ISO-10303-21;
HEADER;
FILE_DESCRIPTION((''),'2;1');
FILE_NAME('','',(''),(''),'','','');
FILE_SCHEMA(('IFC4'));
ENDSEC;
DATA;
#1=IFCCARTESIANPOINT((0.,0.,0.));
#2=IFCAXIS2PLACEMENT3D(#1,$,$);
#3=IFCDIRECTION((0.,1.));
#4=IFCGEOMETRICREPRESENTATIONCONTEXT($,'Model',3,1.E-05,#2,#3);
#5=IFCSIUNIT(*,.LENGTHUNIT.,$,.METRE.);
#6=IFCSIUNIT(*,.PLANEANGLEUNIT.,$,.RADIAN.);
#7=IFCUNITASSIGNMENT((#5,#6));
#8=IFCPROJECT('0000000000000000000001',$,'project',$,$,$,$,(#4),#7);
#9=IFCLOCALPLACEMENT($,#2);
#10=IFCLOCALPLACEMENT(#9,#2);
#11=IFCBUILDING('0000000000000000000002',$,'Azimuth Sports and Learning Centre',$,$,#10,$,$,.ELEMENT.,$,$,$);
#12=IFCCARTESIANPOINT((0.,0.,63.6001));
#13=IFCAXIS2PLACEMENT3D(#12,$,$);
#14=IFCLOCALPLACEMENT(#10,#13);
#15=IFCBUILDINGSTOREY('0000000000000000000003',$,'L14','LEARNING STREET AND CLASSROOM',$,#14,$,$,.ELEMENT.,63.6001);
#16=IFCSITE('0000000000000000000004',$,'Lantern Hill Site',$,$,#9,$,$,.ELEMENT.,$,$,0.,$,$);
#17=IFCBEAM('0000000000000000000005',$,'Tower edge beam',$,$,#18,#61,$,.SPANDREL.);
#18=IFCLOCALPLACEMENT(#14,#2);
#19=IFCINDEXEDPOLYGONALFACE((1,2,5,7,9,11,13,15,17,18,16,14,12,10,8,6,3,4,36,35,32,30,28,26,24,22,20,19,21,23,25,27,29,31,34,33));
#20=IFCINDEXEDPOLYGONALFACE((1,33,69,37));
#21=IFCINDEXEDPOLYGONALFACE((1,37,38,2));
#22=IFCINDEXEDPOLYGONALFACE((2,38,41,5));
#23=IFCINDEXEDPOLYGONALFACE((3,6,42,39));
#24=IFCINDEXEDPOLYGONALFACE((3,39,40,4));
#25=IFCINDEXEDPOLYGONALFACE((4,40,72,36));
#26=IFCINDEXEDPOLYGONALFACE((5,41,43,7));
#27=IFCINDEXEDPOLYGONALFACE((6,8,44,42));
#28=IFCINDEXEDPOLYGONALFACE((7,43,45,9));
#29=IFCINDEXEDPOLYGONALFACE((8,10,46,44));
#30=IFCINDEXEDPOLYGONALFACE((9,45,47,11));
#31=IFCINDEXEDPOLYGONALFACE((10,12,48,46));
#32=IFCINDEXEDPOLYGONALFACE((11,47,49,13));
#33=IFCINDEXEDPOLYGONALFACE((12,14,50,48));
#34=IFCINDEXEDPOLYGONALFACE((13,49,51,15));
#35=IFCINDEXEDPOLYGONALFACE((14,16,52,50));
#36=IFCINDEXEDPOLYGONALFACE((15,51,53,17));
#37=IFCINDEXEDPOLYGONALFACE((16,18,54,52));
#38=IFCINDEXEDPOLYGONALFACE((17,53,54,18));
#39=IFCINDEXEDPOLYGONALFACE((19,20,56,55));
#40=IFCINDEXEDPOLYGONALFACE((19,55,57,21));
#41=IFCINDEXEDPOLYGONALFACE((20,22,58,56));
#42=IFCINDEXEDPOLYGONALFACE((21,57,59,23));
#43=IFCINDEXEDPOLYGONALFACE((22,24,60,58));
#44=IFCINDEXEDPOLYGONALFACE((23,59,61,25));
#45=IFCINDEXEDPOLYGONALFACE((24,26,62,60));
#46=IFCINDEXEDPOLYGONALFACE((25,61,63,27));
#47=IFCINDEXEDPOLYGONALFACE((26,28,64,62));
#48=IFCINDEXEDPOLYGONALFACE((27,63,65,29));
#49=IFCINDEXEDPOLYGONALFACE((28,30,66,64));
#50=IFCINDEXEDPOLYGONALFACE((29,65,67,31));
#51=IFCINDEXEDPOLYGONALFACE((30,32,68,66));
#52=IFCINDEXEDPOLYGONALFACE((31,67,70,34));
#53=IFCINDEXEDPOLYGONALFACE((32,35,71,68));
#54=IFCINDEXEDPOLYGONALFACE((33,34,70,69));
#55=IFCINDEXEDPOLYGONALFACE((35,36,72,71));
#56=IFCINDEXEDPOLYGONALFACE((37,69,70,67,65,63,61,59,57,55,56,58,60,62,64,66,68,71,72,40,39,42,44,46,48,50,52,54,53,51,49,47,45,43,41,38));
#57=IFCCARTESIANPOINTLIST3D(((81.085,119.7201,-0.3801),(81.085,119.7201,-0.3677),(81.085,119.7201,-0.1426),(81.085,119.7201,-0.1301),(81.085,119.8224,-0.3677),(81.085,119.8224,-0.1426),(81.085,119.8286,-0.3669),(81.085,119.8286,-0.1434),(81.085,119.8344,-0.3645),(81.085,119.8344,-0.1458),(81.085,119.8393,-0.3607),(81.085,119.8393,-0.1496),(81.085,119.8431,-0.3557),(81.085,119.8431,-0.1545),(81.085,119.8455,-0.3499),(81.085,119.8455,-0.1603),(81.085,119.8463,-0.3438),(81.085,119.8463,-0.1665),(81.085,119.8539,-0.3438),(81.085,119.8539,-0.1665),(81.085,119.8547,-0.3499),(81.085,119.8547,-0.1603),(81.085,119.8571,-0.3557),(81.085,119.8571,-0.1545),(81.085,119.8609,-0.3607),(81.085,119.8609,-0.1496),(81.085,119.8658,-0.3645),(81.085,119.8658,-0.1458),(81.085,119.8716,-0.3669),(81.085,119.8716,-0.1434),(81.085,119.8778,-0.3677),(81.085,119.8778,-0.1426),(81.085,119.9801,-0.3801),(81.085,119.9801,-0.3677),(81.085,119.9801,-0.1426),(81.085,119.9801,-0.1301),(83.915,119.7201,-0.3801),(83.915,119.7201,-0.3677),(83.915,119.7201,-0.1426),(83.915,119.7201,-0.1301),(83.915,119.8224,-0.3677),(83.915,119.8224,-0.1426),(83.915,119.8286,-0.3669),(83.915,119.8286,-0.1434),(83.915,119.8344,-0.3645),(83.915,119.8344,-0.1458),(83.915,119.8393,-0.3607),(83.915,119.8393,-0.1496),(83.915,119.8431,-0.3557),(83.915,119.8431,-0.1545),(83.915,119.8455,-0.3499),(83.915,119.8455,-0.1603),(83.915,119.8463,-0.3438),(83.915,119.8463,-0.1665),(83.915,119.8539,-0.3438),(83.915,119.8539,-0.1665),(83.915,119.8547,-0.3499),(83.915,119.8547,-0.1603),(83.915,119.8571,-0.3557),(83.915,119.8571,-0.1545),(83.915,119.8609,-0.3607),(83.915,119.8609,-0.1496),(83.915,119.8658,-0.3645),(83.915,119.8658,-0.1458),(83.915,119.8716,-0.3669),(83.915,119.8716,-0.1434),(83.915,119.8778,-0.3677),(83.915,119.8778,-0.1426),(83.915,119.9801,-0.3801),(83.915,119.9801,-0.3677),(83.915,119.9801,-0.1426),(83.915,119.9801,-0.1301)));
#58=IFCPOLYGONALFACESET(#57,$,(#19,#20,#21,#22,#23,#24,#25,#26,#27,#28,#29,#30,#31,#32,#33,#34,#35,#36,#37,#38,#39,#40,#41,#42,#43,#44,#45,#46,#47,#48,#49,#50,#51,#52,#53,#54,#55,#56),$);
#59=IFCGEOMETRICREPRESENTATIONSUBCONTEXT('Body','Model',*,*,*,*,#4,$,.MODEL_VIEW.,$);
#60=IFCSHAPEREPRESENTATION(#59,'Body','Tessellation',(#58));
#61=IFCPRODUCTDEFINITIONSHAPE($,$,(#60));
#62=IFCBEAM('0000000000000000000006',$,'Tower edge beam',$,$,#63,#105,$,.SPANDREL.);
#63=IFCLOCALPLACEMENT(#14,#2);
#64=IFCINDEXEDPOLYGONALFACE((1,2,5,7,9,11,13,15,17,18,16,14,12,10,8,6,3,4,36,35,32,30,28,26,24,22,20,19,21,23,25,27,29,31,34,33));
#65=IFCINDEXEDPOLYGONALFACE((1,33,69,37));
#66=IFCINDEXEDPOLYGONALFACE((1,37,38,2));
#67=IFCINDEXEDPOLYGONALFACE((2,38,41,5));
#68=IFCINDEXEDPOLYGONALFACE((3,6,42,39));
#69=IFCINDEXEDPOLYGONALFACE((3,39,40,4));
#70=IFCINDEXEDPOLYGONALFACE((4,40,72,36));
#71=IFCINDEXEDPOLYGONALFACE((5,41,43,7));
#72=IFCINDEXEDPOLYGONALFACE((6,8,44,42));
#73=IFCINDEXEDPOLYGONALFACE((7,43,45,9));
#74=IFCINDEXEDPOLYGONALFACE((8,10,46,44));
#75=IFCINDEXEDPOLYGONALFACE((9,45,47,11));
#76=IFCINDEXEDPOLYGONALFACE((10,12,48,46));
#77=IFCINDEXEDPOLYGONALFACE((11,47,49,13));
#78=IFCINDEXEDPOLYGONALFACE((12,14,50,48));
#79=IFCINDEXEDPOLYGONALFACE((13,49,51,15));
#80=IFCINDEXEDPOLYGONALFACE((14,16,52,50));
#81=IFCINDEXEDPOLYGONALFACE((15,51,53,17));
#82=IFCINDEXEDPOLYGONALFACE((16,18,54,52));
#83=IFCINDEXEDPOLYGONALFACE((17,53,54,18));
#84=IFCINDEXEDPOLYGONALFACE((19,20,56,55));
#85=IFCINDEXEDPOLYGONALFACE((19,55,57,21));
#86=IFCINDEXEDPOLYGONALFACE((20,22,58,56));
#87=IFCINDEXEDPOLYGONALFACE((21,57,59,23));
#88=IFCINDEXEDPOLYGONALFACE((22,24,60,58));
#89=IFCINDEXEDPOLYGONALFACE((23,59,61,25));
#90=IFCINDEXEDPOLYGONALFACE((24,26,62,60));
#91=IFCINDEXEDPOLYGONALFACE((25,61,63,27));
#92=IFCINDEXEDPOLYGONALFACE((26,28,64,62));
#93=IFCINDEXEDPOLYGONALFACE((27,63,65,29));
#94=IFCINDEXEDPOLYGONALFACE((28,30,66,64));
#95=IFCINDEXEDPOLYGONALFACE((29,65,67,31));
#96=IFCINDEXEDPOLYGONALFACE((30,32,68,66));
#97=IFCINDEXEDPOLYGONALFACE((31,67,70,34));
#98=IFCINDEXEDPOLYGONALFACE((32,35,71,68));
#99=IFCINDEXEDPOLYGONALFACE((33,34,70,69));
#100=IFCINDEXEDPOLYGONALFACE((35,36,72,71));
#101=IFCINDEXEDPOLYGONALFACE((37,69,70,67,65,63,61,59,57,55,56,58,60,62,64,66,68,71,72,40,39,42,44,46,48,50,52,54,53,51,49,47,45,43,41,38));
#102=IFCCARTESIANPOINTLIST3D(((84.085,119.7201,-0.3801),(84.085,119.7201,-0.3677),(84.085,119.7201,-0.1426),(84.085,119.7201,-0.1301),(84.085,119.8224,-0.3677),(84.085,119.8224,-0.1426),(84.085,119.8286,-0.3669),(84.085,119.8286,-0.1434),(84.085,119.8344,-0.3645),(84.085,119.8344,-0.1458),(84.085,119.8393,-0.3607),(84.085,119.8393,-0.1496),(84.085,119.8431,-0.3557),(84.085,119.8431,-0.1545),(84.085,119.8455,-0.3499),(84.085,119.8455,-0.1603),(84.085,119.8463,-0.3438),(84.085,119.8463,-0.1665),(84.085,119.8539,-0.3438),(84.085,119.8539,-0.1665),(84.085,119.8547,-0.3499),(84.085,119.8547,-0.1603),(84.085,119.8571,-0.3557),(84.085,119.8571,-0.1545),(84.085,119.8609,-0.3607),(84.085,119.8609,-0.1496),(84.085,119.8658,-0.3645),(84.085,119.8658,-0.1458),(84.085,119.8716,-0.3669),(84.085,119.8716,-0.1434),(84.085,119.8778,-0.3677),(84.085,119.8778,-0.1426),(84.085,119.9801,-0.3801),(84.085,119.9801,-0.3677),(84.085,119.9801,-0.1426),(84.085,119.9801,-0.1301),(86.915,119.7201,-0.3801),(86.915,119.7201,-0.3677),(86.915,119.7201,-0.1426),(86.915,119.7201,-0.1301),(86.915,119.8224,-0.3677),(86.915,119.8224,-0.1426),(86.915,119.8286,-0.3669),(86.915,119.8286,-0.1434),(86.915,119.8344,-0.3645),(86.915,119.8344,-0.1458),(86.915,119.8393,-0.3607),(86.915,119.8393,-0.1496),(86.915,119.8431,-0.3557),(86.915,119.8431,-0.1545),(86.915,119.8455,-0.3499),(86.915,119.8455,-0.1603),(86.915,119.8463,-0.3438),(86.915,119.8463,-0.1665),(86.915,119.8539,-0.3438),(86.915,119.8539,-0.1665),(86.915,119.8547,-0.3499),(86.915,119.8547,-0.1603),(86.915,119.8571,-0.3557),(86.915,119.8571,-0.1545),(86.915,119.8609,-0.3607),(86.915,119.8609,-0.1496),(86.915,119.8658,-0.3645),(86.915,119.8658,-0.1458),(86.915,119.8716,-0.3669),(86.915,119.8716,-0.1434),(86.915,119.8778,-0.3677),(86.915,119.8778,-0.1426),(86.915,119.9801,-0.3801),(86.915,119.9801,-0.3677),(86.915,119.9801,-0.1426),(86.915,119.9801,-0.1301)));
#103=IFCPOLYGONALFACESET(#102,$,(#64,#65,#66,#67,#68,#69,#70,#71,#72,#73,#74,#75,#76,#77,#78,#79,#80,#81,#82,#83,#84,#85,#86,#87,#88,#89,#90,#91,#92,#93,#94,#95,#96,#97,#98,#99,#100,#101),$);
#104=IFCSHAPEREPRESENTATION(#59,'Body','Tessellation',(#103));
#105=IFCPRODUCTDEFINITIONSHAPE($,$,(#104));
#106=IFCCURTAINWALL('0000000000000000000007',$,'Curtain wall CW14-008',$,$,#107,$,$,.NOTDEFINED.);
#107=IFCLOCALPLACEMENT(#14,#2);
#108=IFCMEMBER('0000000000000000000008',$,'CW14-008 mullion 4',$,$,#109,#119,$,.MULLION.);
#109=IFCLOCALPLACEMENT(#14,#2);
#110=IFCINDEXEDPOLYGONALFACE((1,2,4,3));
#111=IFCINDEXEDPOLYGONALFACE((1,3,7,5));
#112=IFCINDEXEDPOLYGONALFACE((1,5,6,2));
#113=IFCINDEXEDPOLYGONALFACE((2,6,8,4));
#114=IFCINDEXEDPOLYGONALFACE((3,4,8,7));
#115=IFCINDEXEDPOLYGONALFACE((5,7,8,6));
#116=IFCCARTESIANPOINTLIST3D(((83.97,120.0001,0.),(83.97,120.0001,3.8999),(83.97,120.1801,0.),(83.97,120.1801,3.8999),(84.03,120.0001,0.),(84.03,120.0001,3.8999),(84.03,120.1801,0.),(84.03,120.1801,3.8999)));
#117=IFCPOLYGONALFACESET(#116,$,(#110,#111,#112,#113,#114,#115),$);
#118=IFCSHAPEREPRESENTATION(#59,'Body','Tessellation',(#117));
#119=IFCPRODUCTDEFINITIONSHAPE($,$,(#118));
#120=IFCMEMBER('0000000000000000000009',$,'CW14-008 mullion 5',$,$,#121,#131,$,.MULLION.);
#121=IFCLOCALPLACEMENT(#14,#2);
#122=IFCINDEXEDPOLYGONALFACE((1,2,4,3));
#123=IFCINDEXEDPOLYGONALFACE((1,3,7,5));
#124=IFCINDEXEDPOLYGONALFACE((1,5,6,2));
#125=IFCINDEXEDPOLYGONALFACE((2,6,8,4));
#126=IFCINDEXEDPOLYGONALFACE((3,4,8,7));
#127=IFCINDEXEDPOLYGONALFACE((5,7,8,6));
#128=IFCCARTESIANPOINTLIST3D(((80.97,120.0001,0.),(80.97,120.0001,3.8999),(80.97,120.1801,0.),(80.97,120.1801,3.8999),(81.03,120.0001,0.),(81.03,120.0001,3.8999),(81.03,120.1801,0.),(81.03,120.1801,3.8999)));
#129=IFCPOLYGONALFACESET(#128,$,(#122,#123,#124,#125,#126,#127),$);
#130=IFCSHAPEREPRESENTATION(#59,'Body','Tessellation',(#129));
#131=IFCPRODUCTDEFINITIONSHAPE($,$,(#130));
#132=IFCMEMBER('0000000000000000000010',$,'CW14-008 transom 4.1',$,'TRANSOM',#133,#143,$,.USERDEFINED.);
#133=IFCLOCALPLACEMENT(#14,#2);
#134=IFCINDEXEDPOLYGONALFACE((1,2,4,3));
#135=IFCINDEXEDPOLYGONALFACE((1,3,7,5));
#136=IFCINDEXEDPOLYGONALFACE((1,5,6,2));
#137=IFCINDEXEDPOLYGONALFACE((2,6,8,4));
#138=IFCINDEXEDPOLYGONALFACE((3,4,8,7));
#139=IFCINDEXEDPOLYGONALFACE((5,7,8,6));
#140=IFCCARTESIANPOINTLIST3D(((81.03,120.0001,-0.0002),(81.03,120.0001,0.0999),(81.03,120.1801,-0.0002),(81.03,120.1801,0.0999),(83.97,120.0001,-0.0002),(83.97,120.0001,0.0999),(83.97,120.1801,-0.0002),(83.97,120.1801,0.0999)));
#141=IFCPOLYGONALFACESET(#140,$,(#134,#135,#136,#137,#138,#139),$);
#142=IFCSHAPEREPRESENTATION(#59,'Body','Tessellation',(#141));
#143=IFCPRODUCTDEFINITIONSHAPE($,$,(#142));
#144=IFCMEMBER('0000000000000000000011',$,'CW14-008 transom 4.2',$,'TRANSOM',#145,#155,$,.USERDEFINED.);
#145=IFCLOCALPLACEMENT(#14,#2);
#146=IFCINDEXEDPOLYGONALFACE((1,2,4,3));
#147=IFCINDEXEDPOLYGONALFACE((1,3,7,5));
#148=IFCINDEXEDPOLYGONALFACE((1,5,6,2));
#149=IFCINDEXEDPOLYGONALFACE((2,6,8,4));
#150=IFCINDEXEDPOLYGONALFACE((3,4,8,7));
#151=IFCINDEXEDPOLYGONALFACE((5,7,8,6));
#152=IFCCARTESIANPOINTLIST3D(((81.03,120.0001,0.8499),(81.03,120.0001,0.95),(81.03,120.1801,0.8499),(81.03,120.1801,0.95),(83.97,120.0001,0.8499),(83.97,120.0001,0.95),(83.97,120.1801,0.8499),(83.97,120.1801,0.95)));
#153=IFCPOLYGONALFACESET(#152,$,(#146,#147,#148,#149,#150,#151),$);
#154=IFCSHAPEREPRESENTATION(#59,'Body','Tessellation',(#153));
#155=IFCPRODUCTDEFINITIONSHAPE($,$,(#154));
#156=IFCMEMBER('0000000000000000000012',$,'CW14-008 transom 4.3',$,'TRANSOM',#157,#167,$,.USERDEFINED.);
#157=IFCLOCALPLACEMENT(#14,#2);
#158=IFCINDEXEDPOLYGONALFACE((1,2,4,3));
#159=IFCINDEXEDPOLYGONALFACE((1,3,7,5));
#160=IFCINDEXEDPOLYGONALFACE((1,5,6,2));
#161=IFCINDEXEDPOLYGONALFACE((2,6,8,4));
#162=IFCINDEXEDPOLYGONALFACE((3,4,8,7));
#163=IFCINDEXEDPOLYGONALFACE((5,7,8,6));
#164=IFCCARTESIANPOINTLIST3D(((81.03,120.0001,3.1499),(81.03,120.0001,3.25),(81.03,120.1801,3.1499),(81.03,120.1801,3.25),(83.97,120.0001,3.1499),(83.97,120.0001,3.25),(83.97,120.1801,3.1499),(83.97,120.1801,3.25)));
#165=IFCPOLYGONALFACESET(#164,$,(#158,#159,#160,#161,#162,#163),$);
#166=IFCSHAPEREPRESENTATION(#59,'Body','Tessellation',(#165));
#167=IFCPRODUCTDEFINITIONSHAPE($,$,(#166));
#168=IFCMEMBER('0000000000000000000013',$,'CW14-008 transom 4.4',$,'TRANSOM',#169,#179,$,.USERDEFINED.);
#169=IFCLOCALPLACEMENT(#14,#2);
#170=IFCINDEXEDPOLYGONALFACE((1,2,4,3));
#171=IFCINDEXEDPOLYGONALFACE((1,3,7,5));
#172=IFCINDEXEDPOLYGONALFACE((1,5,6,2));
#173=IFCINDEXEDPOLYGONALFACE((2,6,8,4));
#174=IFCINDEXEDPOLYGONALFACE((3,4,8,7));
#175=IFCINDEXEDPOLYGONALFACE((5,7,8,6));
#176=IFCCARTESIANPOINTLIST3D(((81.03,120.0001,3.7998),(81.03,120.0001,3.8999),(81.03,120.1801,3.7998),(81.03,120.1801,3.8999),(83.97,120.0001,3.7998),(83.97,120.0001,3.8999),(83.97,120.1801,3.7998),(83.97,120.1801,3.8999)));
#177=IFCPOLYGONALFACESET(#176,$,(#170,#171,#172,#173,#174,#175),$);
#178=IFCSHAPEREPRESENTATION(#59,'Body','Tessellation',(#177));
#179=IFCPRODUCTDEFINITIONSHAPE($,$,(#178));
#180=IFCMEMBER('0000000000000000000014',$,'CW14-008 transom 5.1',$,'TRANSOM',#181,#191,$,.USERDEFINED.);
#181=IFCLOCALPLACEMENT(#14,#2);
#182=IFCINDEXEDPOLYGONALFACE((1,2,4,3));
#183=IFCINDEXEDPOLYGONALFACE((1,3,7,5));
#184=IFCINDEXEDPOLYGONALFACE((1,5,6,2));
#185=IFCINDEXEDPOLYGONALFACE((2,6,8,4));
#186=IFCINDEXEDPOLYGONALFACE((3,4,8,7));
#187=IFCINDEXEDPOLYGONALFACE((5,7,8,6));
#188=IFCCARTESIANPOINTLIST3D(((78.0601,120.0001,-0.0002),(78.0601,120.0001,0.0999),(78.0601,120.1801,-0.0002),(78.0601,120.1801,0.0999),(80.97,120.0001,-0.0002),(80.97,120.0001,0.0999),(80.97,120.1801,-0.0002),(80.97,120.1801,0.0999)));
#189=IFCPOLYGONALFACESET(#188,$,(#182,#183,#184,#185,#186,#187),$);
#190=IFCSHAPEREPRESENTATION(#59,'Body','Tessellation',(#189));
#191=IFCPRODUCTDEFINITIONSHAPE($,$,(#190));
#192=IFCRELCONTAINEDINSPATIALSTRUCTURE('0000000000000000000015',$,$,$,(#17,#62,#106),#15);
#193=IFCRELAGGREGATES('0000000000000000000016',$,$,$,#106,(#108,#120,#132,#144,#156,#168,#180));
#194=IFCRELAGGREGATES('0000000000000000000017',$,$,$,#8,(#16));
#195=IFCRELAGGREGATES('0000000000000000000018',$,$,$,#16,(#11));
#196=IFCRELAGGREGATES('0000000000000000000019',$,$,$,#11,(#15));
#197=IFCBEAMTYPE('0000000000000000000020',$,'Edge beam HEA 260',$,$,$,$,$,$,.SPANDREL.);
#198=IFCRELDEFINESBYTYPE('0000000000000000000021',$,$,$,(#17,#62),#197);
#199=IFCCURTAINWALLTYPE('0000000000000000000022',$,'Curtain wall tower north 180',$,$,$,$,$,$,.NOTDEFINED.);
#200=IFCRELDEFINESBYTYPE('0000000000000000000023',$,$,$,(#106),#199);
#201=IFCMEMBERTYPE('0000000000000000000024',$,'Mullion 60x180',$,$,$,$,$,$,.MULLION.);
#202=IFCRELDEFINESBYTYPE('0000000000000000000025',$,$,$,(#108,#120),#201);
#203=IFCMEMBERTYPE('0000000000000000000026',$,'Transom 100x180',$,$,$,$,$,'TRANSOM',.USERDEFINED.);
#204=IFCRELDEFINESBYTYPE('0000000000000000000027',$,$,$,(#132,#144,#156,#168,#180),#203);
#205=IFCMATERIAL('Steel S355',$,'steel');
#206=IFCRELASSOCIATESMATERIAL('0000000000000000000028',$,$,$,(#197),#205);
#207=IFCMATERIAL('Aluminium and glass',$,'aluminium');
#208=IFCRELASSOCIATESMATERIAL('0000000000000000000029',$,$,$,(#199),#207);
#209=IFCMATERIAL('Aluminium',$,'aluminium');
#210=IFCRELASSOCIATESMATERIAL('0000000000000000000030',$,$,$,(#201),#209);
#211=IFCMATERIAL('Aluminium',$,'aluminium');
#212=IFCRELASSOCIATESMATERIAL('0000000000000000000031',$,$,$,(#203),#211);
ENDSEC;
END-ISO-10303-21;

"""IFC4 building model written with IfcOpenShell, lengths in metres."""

from ifc_helpers import new_model, si_unit, direction, frame, origin, origin_2d, place, context, subcontext, project, spatial, rectangle, i_section, extrude, material, material_profile, profile_set, type_object, element, aggregate, save


model = new_model("IFC4")

# Units and contexts
model_context = context("Model", 3, precision=1e-05, world=origin(), true_north=direction((0.0, 1.0)))
body_context = subcontext(model_context, "Body", "Model", "MODEL_VIEW")
ifc_project = project(units=[si_unit("LENGTHUNIT", "METRE"), si_unit("PLANEANGLEUNIT", "RADIAN")], contexts=[model_context])

# Site, building, storey
site_placement = place(None, origin())
site = spatial("IfcSite", under=ifc_project, at=site_placement, Name="Lantern Hill Site", CompositionType="ELEMENT", RefElevation=0.0)
building_placement = place(site_placement, origin())
building = spatial("IfcBuilding", under=site, at=building_placement, Name="Azimuth Sports and Learning Centre", CompositionType="ELEMENT")
storey_placement = place(building_placement, frame((0.0, 0.0, 63.6001)))
storey = spatial("IfcBuildingStorey", under=building, at=storey_placement, Name="L14", Description="LEARNING STREET AND CLASSROOM", CompositionType="ELEMENT", Elevation=63.6001)

# Beams
ifc_material_1 = material(Name="Steel S355", Category="steel")
ifc_material_profile_1 = material_profile(ifc_material_1, i_section(OverallWidth=0.26, OverallDepth=0.25, WebThickness=0.0076, FlangeThickness=0.0125, FilletRadius=0.0239, at=origin_2d()), Name="HEA 260")
ifc_profile_set_1 = profile_set([ifc_material_profile_1], Name="Steel S355")
beam_type = type_object("IfcBeamType", Name="Edge beam HEA 260", PredefinedType="SPANDREL", material=ifc_profile_set_1)
for number, where, z_axis, x_axis, name in (
    (1, (81.085, 119.8501, -0.2551), (1.0, 0.0, 0.0), (0.0, 1.0, 0.0), "Tower edge beam"),
    (2, (84.085, 119.8501, -0.2551), (1.0, 0.0, 0.0), (0.0, 1.0, 0.0), "Tower edge beam"),
):
    element("IfcBeam", number, at=place(storey_placement, frame(where, z_axis=z_axis, x_axis=x_axis)), inside=storey, type_object=beam_type, Name=name, PredefinedType="SPANDREL", context=body_context, shape_type="SweptSolid", body=[
        extrude(i_section(OverallWidth=0.26, OverallDepth=0.25, WebThickness=0.0076, FlangeThickness=0.0125, FilletRadius=0.0239, at=origin_2d()), origin(), (0.0, 0.0, 1.0), 2.8301),
    ])

# Curtain wall, members
ifc_material_2 = material(Name="Aluminium and glass", Category="aluminium")
curtain_wall_type = type_object("IfcCurtainWallType", Name="Curtain wall tower north 180", PredefinedType="NOTDEFINED", material=ifc_material_2)
curtain_wall_placement = place(storey_placement, origin())
curtain_wall = element("IfcCurtainWall", 3, at=curtain_wall_placement, inside=storey, type_object=curtain_wall_type, Name="Curtain wall CW14-008", PredefinedType="NOTDEFINED")
ifc_material_3 = material(Name="Aluminium", Category="aluminium")
ifc_material_profile_2 = material_profile(ifc_material_3, rectangle(XDim=0.1799, YDim=0.0601, at=origin_2d()), Name="Mullion 60x180")
ifc_profile_set_2 = profile_set([ifc_material_profile_2], Name="Aluminium")
member_type_1 = type_object("IfcMemberType", Name="Mullion 60x180", PredefinedType="MULLION", material=ifc_profile_set_2)
member_1_placement = place(storey_placement, frame((84.0, 120.0901, 0.0), z_axis=(0.0, 0.0, 1.0), x_axis=(0.0, -1.0, 0.0)))
member_1 = element("IfcMember", 4, at=member_1_placement, type_object=member_type_1, Name="CW14-008 mullion 4", PredefinedType="MULLION", context=body_context, shape_type="SweptSolid", body=[
    extrude(rectangle(XDim=0.1799, YDim=0.0601, at=origin_2d()), origin(), (0.0, 0.0, 1.0), 3.8999),
])
member_2_placement = place(storey_placement, frame((81.0, 120.0901, 0.0), z_axis=(0.0, 0.0, 1.0), x_axis=(0.0, -1.0, 0.0)))
member_2 = element("IfcMember", 5, at=member_2_placement, type_object=member_type_1, Name="CW14-008 mullion 5", PredefinedType="MULLION", context=body_context, shape_type="SweptSolid", body=[
    extrude(rectangle(XDim=0.1799, YDim=0.0601, at=origin_2d()), origin(), (0.0, 0.0, 1.0), 3.8999),
])
ifc_material_4 = material(Name="Aluminium", Category="aluminium")
ifc_material_profile_3 = material_profile(ifc_material_4, rectangle(XDim=0.1799, YDim=0.1001, at=origin_2d()), Name="Transom 100x180")
ifc_profile_set_3 = profile_set([ifc_material_profile_3], Name="Aluminium")
member_type_2 = type_object("IfcMemberType", Name="Transom 100x180", ElementType="TRANSOM", PredefinedType="USERDEFINED", material=ifc_profile_set_3)
member_3_placement = place(storey_placement, frame((83.97, 120.0901, 0.0498), z_axis=(-1.0, 0.0, 0.0), x_axis=(0.0, -1.0, 0.0)))
member_3 = element("IfcMember", 6, at=member_3_placement, type_object=member_type_2, Name="CW14-008 transom 4.1", ObjectType="TRANSOM", PredefinedType="USERDEFINED", context=body_context, shape_type="SweptSolid", body=[
    extrude(rectangle(XDim=0.1799, YDim=0.1001, at=origin_2d()), origin(), (0.0, 0.0, 1.0), 2.9399),
])
member_4_placement = place(storey_placement, frame((83.97, 120.0901, 0.8999), z_axis=(-1.0, 0.0, 0.0), x_axis=(0.0, -1.0, 0.0)))
member_4 = element("IfcMember", 7, at=member_4_placement, type_object=member_type_2, Name="CW14-008 transom 4.2", ObjectType="TRANSOM", PredefinedType="USERDEFINED", context=body_context, shape_type="SweptSolid", body=[
    extrude(rectangle(XDim=0.1799, YDim=0.1001, at=origin_2d()), origin(), (0.0, 0.0, 1.0), 2.9399),
])
member_5_placement = place(storey_placement, frame((83.97, 120.0901, 3.2), z_axis=(-1.0, 0.0, 0.0), x_axis=(0.0, -1.0, 0.0)))
member_5 = element("IfcMember", 8, at=member_5_placement, type_object=member_type_2, Name="CW14-008 transom 4.3", ObjectType="TRANSOM", PredefinedType="USERDEFINED", context=body_context, shape_type="SweptSolid", body=[
    extrude(rectangle(XDim=0.1799, YDim=0.1001, at=origin_2d()), origin(), (0.0, 0.0, 1.0), 2.9399),
])
member_6_placement = place(storey_placement, frame((83.97, 120.0901, 3.8499), z_axis=(-1.0, 0.0, 0.0), x_axis=(0.0, -1.0, 0.0)))
member_6 = element("IfcMember", 9, at=member_6_placement, type_object=member_type_2, Name="CW14-008 transom 4.4", ObjectType="TRANSOM", PredefinedType="USERDEFINED", context=body_context, shape_type="SweptSolid", body=[
    extrude(rectangle(XDim=0.1799, YDim=0.1001, at=origin_2d()), origin(), (0.0, 0.0, 1.0), 2.9399),
])
member_7_placement = place(storey_placement, frame((80.97, 120.0901, 0.0498), z_axis=(-1.0, 0.0, 0.0), x_axis=(0.0, -1.0, 0.0)))
member_7 = element("IfcMember", 10, at=member_7_placement, type_object=member_type_2, Name="CW14-008 transom 5.1", ObjectType="TRANSOM", PredefinedType="USERDEFINED", context=body_context, shape_type="SweptSolid", body=[
    extrude(rectangle(XDim=0.1799, YDim=0.1001, at=origin_2d()), origin(), (0.0, 0.0, 1.0), 2.9099),
])
aggregate(curtain_wall, [member_1, member_2, member_3, member_4, member_5, member_6, member_7])

save(model, "model.ifc")
